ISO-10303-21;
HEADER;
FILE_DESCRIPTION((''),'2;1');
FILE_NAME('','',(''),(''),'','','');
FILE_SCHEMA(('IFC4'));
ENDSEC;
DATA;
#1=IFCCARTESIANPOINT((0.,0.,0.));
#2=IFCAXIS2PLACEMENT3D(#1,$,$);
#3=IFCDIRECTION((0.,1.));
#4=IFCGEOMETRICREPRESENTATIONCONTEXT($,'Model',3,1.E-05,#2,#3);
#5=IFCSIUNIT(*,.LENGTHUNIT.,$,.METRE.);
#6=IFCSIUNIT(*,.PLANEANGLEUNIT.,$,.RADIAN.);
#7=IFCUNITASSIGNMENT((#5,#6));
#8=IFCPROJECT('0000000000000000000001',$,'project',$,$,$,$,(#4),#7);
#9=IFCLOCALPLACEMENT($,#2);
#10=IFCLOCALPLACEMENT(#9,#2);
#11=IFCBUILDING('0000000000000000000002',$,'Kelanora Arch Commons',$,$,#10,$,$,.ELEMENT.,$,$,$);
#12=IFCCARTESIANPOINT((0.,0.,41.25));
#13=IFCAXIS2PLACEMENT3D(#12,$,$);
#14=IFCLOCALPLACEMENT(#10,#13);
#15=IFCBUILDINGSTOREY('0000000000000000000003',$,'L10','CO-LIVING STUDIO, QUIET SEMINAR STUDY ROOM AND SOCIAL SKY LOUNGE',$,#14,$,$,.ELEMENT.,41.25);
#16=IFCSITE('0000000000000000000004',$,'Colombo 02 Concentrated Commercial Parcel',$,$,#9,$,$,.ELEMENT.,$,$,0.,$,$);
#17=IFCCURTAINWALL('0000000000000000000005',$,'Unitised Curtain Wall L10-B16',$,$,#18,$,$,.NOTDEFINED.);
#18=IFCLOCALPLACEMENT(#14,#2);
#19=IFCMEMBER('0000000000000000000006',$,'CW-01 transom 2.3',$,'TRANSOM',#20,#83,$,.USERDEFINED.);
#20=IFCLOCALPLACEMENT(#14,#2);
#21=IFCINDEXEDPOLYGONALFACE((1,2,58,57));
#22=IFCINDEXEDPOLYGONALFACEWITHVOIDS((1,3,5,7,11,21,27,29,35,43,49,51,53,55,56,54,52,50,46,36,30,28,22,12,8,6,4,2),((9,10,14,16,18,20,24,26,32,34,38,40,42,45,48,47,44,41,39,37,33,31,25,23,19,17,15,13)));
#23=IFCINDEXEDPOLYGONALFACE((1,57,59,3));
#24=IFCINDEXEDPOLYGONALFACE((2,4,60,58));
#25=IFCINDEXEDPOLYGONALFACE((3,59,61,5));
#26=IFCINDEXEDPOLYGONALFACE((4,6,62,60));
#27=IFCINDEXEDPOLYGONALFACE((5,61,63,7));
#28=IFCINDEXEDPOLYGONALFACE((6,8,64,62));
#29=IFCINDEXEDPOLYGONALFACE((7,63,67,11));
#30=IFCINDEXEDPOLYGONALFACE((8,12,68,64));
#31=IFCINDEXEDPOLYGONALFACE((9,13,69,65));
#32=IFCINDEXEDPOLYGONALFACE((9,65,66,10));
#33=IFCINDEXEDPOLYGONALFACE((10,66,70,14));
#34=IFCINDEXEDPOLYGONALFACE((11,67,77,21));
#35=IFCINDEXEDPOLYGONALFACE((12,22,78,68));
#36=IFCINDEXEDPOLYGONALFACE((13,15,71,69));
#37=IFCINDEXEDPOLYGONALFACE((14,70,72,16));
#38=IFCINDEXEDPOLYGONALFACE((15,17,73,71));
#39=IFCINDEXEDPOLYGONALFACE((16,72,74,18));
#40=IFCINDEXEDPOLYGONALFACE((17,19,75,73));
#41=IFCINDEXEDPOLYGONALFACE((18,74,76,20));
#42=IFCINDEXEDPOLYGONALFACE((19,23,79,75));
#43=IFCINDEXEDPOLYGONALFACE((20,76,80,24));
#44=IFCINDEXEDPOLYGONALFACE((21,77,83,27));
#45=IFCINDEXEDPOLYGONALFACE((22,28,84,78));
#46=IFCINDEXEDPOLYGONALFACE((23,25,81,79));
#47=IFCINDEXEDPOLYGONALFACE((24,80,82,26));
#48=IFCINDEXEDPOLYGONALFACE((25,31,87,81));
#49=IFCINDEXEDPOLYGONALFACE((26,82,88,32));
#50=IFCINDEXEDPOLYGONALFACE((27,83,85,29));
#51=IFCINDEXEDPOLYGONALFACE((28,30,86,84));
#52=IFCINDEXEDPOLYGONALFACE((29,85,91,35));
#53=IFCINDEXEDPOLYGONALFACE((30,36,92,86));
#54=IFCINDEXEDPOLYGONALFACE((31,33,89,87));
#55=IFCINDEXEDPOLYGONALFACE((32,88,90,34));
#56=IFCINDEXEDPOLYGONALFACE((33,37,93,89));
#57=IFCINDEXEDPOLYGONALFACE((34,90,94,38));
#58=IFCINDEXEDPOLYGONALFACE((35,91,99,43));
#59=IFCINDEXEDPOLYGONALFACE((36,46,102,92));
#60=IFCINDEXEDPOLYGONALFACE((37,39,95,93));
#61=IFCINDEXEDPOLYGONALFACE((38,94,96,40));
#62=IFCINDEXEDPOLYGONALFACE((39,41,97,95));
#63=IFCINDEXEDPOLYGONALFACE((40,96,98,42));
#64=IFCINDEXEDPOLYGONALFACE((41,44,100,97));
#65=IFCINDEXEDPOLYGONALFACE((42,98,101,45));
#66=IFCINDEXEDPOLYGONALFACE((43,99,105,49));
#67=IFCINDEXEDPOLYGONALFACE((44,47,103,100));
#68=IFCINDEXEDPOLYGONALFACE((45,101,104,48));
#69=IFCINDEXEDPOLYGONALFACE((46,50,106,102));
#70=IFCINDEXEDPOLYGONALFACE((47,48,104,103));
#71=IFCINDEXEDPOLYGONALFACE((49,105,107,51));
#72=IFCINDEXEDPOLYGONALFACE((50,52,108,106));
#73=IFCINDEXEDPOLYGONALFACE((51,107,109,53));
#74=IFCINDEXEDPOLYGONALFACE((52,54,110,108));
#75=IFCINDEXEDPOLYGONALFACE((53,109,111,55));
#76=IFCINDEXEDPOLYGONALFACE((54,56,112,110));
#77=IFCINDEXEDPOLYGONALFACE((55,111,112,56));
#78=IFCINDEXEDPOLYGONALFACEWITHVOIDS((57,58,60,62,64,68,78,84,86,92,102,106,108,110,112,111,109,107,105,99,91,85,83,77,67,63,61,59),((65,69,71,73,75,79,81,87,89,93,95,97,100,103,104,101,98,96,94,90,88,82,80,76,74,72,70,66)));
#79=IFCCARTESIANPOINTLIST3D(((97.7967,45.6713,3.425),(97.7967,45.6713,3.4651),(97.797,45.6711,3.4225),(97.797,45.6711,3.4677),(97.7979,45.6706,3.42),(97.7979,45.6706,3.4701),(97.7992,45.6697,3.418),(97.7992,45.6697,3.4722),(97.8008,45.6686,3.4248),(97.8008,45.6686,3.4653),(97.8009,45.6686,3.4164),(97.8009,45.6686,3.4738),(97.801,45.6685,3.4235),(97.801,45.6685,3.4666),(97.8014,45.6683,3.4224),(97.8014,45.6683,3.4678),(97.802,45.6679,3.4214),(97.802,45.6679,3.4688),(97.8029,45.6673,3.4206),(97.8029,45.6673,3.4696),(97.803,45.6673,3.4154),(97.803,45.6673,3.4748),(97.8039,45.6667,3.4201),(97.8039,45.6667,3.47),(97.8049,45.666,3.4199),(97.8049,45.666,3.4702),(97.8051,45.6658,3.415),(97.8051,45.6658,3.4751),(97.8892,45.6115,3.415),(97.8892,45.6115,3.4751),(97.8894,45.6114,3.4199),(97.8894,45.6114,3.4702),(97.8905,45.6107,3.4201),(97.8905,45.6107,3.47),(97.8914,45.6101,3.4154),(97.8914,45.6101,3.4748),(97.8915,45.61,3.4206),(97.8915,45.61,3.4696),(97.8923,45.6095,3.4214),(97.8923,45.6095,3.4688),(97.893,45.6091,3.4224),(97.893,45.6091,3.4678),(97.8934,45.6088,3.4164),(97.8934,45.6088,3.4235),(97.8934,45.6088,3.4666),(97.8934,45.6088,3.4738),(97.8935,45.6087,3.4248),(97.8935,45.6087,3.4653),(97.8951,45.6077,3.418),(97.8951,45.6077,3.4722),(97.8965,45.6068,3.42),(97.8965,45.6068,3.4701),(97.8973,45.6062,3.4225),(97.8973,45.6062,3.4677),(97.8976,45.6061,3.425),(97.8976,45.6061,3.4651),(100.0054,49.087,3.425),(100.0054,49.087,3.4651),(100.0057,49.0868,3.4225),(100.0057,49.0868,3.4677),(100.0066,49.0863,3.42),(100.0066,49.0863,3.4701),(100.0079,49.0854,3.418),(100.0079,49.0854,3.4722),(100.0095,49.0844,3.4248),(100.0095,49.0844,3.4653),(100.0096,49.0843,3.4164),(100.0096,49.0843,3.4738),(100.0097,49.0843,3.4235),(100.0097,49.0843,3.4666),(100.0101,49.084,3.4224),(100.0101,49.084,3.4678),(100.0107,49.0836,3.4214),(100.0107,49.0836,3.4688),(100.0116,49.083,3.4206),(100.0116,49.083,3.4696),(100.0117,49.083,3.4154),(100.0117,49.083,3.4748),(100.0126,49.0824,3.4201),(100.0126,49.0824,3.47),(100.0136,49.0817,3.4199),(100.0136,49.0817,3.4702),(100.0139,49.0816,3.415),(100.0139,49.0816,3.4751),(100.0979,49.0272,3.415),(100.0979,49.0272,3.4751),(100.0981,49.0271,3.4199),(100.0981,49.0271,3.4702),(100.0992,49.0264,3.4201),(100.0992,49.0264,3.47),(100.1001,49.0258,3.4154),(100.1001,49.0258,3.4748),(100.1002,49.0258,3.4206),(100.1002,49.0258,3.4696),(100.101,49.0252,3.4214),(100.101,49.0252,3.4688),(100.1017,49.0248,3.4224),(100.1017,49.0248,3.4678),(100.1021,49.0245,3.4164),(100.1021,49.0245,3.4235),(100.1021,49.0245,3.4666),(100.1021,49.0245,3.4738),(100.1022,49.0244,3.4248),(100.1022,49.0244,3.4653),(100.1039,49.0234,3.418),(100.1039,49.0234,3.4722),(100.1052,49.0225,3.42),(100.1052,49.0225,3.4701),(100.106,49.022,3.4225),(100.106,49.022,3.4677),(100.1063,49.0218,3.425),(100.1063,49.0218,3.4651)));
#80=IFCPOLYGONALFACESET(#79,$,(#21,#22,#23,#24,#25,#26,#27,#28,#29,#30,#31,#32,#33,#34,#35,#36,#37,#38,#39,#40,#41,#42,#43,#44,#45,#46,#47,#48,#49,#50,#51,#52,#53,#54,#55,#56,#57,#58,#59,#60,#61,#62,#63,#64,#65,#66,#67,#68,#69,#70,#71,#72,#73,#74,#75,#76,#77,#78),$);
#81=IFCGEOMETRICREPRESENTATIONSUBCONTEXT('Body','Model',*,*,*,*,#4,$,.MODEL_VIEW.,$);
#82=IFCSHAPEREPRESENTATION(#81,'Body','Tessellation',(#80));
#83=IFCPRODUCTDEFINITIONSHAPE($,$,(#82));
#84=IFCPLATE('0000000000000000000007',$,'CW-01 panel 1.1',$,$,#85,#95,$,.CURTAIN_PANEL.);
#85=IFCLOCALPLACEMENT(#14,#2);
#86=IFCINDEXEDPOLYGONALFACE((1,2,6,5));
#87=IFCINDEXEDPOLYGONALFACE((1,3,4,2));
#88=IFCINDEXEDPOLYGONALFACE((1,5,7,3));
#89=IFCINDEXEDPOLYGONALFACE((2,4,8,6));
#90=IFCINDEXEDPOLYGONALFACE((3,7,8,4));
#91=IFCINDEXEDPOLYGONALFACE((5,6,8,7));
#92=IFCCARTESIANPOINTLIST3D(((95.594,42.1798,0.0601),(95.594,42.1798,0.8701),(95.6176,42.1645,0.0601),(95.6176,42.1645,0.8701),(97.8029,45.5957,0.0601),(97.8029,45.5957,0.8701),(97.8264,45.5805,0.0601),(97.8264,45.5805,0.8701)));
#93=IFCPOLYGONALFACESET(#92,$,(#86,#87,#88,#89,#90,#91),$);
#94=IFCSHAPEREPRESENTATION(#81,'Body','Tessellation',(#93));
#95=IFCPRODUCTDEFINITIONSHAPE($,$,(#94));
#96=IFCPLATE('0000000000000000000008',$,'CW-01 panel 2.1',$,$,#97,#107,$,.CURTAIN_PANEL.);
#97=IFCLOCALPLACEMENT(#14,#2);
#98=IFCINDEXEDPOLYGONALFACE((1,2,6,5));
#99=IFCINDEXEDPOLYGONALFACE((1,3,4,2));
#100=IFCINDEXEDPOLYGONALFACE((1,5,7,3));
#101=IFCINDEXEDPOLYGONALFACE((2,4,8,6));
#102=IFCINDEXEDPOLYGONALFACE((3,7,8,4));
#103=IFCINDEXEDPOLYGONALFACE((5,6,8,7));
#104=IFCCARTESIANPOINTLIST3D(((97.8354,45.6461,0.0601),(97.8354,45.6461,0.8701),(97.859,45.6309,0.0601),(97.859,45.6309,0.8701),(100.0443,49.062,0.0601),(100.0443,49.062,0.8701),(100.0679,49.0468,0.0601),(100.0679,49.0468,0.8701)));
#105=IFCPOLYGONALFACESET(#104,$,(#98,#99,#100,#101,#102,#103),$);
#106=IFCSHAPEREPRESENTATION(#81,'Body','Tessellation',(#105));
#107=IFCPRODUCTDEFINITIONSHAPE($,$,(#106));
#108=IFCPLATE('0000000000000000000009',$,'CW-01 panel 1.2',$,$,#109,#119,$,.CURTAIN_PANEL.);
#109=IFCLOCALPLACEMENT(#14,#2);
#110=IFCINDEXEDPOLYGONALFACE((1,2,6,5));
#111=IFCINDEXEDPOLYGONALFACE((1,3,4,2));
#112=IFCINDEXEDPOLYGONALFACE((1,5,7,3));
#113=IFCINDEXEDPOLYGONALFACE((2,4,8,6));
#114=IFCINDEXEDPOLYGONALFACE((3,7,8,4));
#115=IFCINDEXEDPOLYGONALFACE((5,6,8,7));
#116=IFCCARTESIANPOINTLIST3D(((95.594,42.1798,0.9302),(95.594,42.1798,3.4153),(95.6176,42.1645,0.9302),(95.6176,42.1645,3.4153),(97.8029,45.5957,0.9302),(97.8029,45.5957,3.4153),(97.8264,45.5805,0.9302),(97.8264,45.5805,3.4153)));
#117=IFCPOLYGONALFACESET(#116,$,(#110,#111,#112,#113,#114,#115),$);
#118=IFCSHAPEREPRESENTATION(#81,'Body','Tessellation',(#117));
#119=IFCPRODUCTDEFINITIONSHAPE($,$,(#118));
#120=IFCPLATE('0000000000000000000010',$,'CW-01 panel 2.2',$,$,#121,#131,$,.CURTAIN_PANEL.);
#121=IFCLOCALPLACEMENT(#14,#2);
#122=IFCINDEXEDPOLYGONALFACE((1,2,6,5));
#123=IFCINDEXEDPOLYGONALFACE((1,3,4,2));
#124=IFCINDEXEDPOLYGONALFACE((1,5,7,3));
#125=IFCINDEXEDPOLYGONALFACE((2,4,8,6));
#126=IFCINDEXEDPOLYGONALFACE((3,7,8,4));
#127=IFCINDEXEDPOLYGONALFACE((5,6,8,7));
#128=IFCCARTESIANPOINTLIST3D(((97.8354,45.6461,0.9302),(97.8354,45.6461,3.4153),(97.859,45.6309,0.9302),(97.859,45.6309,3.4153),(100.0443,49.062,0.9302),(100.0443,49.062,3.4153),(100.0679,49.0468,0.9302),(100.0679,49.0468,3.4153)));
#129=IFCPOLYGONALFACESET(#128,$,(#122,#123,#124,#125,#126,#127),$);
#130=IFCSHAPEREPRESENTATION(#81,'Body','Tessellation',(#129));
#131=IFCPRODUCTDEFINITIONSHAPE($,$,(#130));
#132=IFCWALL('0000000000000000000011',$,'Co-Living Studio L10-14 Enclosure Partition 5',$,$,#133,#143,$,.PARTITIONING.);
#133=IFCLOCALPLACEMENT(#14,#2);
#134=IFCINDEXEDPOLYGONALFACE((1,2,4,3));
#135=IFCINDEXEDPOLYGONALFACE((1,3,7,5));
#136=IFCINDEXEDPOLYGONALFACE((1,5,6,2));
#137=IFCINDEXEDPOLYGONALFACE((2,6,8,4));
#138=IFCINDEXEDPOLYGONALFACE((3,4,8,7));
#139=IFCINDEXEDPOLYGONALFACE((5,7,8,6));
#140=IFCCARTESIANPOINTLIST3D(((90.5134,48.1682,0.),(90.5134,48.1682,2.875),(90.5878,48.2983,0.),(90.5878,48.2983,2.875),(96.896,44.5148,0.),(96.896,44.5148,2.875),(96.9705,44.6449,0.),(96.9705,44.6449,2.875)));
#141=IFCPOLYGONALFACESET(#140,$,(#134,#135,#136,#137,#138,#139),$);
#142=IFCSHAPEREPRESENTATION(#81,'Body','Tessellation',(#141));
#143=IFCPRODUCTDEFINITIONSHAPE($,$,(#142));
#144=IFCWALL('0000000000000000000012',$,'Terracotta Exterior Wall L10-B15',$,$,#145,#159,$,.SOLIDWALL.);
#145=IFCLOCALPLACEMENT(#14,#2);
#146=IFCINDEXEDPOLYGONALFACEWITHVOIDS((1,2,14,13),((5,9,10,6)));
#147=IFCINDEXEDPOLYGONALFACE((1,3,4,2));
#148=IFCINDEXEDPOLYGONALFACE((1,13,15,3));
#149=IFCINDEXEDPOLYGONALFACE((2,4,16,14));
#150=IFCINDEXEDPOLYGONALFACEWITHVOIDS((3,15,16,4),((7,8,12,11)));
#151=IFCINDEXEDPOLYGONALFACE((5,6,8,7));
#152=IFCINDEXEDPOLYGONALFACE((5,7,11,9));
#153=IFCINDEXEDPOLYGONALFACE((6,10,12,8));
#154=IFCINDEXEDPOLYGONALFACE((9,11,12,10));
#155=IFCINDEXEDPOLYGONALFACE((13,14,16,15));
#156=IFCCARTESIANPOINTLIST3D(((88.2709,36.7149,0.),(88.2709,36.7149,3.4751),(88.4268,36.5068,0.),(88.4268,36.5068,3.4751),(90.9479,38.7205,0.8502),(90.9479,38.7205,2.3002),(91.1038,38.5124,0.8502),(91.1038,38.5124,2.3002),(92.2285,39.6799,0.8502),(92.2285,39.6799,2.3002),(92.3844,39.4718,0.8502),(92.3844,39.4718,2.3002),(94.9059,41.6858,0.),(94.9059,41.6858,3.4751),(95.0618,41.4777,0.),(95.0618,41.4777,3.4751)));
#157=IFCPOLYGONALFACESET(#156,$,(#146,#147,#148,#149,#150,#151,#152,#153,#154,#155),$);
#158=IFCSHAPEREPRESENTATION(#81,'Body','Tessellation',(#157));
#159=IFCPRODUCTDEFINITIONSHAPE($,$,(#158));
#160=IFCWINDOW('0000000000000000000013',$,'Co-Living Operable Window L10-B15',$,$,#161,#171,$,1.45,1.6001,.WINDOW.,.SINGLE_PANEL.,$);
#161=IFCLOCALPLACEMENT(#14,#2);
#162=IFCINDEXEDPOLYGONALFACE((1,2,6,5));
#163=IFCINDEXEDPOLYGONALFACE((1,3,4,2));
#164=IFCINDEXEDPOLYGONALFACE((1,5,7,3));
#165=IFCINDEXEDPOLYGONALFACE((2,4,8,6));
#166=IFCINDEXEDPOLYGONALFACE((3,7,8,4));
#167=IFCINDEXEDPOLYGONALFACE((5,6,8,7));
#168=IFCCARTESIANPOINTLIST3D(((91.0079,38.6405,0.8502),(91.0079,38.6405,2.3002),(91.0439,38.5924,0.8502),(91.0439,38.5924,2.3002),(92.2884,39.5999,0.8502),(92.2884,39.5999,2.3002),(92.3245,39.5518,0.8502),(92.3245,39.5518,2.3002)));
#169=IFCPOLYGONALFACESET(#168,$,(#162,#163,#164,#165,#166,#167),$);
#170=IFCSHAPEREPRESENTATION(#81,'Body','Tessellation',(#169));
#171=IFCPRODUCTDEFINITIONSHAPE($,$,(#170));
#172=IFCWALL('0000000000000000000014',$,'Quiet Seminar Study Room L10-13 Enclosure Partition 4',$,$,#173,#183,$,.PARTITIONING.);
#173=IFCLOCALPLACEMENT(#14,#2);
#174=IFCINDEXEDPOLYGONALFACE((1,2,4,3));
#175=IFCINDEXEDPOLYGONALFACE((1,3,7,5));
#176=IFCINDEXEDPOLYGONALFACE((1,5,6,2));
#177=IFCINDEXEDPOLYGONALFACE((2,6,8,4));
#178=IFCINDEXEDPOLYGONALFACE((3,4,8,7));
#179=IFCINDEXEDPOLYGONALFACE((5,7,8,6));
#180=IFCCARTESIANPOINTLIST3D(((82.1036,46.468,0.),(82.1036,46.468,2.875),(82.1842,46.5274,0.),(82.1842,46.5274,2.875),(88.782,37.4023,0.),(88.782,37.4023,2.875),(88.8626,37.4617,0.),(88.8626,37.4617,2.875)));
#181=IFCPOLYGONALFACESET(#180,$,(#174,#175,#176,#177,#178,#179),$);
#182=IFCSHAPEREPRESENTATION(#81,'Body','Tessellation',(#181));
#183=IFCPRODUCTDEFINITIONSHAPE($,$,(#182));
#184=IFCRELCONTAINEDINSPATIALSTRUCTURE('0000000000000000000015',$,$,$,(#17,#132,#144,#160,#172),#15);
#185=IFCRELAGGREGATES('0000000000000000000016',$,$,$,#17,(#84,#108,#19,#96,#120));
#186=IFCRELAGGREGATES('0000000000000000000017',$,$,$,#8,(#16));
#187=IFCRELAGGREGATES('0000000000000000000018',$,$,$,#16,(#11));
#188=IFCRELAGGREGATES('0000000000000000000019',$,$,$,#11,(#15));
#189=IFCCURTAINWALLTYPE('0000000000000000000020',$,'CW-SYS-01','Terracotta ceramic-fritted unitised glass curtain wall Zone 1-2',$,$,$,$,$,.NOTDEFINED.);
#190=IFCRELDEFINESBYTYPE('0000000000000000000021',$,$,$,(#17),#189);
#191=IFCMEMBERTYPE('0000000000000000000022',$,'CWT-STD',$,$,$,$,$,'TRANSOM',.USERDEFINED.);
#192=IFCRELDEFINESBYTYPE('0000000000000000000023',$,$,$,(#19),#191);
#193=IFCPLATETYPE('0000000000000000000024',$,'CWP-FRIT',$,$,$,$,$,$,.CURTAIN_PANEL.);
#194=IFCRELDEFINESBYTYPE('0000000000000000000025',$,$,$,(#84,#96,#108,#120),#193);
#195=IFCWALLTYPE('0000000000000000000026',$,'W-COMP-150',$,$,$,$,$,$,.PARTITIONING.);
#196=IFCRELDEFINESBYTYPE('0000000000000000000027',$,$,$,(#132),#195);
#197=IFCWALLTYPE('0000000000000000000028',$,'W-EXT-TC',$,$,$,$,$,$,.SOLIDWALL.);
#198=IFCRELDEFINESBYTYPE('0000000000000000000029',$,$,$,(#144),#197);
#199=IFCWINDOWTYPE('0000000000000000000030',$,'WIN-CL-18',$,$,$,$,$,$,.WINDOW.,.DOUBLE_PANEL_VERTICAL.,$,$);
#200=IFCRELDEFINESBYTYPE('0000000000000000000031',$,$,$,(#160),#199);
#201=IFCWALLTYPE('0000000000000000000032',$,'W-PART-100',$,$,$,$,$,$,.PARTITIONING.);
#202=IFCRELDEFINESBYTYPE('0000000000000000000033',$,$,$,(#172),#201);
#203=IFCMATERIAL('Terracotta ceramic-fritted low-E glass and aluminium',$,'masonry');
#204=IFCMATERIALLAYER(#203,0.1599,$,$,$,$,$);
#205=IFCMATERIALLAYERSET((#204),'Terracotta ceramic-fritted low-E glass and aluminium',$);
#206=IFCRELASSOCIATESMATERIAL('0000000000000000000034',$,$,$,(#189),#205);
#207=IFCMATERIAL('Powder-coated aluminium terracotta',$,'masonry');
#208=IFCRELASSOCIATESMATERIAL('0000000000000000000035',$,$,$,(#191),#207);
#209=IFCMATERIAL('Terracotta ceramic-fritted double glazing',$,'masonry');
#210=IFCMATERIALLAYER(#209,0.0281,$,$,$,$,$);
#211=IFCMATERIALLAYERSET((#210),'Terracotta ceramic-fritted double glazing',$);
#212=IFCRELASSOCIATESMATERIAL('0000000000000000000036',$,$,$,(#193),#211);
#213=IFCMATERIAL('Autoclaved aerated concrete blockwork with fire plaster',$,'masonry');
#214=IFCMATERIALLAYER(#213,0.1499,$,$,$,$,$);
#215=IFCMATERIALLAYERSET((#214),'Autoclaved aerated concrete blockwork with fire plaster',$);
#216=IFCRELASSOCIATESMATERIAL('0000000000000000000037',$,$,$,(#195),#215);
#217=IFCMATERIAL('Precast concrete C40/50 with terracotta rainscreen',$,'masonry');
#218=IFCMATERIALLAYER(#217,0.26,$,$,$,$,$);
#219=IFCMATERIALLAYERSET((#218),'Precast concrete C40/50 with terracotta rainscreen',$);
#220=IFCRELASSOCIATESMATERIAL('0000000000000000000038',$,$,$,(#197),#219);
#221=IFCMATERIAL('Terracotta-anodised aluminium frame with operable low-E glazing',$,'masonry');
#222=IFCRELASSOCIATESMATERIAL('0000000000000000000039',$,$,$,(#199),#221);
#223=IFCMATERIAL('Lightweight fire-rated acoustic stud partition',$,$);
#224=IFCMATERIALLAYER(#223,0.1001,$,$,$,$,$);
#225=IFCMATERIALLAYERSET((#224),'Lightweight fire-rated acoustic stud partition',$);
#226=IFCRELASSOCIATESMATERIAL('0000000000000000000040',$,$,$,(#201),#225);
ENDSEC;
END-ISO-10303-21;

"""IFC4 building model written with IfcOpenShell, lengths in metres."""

from ifc_helpers import new_model, si_unit, direction, frame, frame_2d, origin, origin_2d, place, context, subcontext, project, spatial, rectangle, hollow_rectangle, extrude, source, transform, mapped, material, layer, layer_set, material_profile, profile_set, type_object, element, fill, aggregate, save


model = new_model("IFC4")

# Units and contexts
model_context = context("Model", 3, precision=1e-05, world=origin(), true_north=direction((0.0, 1.0)))
body_context = subcontext(model_context, "Body", "Model", "MODEL_VIEW")
ifc_project = project(units=[si_unit("LENGTHUNIT", "METRE"), si_unit("PLANEANGLEUNIT", "RADIAN")], contexts=[model_context])

# Site, building, storey
site_placement = place(None, origin())
site = spatial("IfcSite", under=ifc_project, at=site_placement, Name="Colombo 02 Concentrated Commercial Parcel", CompositionType="ELEMENT", RefElevation=0.0)
building_placement = place(site_placement, origin())
building = spatial("IfcBuilding", under=site, at=building_placement, Name="Kelanora Arch Commons", CompositionType="ELEMENT")
storey_placement = place(building_placement, frame((0.0, 0.0, 41.25)))
storey = spatial("IfcBuildingStorey", under=building, at=storey_placement, Name="L10", Description="CO-LIVING STUDIO, QUIET SEMINAR STUDY ROOM AND SOCIAL SKY LOUNGE", CompositionType="ELEMENT", Elevation=41.25)

# Shared definitions
ifc_material_1 = material(Name="Terracotta ceramic-fritted low-E glass and aluminium", Category="masonry")
ifc_layer_1 = layer(ifc_material_1, 0.1599)
ifc_layer_set_1 = layer_set([ifc_layer_1], Name="Terracotta ceramic-fritted low-E glass and aluminium")
curtain_wall_type = type_object("IfcCurtainWallType", Name="CW-SYS-01", Description="Terracotta ceramic-fritted unitised glass curtain wall Zone 1-2", PredefinedType="NOTDEFINED", material=ifc_layer_set_1)
ifc_material_2 = material(Name="Powder-coated aluminium terracotta", Category="masonry")

# Curtain wall, member, plates
curtain_wall_1_placement = place(storey_placement, origin())
curtain_wall_1 = element("IfcCurtainWall", 1, at=curtain_wall_1_placement, inside=storey, type_object=curtain_wall_type, Name="Unitised Curtain Wall L10-B16", PredefinedType="NOTDEFINED")
ifc_material_profile_1 = material_profile(ifc_material_2, hollow_rectangle(XDim=0.1201, YDim=0.0601, WallThickness=0.0049, InnerFilletRadius=0.0049, OuterFilletRadius=0.01, at=origin_2d()), Name="CWT120x60")
ifc_profile_set_1 = profile_set([ifc_material_profile_1], Name="Powder-coated aluminium terracotta")
member_type_1 = type_object("IfcMemberType", Name="CWT-STD", ElementType="TRANSOM", PredefinedType="USERDEFINED", material=ifc_profile_set_1)
member_1_placement = place(storey_placement, frame((97.8472, 45.6387, 3.4451), z_axis=(0.542997, 0.839734, 0.0), x_axis=(-0.839734, 0.542997, 0.0)))
member_1 = element("IfcMember", 2, at=member_1_placement, type_object=member_type_1, Name="CW-01 transom 2.3", ObjectType="TRANSOM", PredefinedType="USERDEFINED", context=body_context, shape_type="SweptSolid", body=[
    extrude(hollow_rectangle(XDim=0.1201, YDim=0.0601, WallThickness=0.0049, InnerFilletRadius=0.0049, OuterFilletRadius=0.01, at=origin_2d()), origin(), (0.0, 0.0, 1.0), 4.0676),
])
ifc_material_3 = material(Name="Terracotta ceramic-fritted double glazing", Category="masonry")
ifc_layer_2 = layer(ifc_material_3, 0.0281)
ifc_layer_set_2 = layer_set([ifc_layer_2], Name="Terracotta ceramic-fritted double glazing")
plate_type = type_object("IfcPlateType", Name="CWP-FRIT", PredefinedType="CURTAIN_PANEL", material=ifc_layer_set_2)
shared_shape_1 = source(origin(), body_context, "Body", "SweptSolid", [
    extrude(rectangle(XDim=4.0679, YDim=0.0281, at=origin_2d()), origin(), (0.0, 0.0, 1.0), 0.8101),
])
plate_1_placement = place(storey_placement, frame((96.7102, 43.8801, 0.0601), z_axis=(0.0, 0.0, 1.0), x_axis=(0.543004, 0.83973, 0.0)))
plate_1 = element("IfcPlate", 3, at=plate_1_placement, type_object=plate_type, Name="CW-01 panel 1.1", PredefinedType="CURTAIN_PANEL", context=body_context, shape_type="MappedRepresentation", body=[
    mapped(shared_shape_1, transform((0.0, 0.0, 0.0), scale=1.0)),
])
plate_2_placement = place(storey_placement, frame((98.9517, 47.3464, 0.0601), z_axis=(0.0, 0.0, 1.0), x_axis=(0.543004, 0.83973, 0.0)))
plate_2 = element("IfcPlate", 4, at=plate_2_placement, type_object=plate_type, Name="CW-01 panel 2.1", PredefinedType="CURTAIN_PANEL", context=body_context, shape_type="MappedRepresentation", body=[
    mapped(shared_shape_1, transform((0.0, 0.0, 0.0), scale=1.0)),
])
shared_shape_2 = source(origin(), body_context, "Body", "SweptSolid", [
    extrude(rectangle(XDim=4.0679, YDim=0.0281, at=origin_2d()), origin(), (0.0, 0.0, 1.0), 2.4851),
])
plate_3_placement = place(storey_placement, frame((96.7102, 43.8801, 0.9302), z_axis=(0.0, 0.0, 1.0), x_axis=(0.543004, 0.83973, 0.0)))
plate_3 = element("IfcPlate", 5, at=plate_3_placement, type_object=plate_type, Name="CW-01 panel 1.2", PredefinedType="CURTAIN_PANEL", context=body_context, shape_type="MappedRepresentation", body=[
    mapped(shared_shape_2, transform((0.0, 0.0, 0.0), scale=1.0)),
])
plate_4_placement = place(storey_placement, frame((98.9517, 47.3464, 0.9302), z_axis=(0.0, 0.0, 1.0), x_axis=(0.543004, 0.83973, 0.0)))
plate_4 = element("IfcPlate", 6, at=plate_4_placement, type_object=plate_type, Name="CW-01 panel 2.2", PredefinedType="CURTAIN_PANEL", context=body_context, shape_type="MappedRepresentation", body=[
    mapped(shared_shape_2, transform((0.0, 0.0, 0.0), scale=1.0)),
])
aggregate(curtain_wall_1, [plate_1, plate_3, member_1, plate_2, plate_4])

# Wall
ifc_material_4 = material(Name="Autoclaved aerated concrete blockwork with fire plaster", Category="masonry")
ifc_layer_3 = layer(ifc_material_4, 0.1499)
ifc_layer_set_3 = layer_set([ifc_layer_3], Name="Autoclaved aerated concrete blockwork with fire plaster")
wall_type_1 = type_object("IfcWallType", Name="W-COMP-150", PredefinedType="PARTITIONING", material=ifc_layer_set_3)
wall_1_placement = place(storey_placement, frame((96.9333, 44.5798, 0.0), z_axis=(0.0, 0.0, 1.0), x_axis=(-0.867883, 0.496768, 0.0)))
element("IfcWall", 7, at=wall_1_placement, inside=storey, type_object=wall_type_1, Name="Co-Living Studio L10-14 Enclosure Partition 5", PredefinedType="PARTITIONING", context=body_context, shape_type="SweptSolid", body=[
    extrude(rectangle(XDim=7.3542, YDim=0.1499, at=frame_2d((3.6772, 0.0))), origin(), (0.0, 0.0, 1.0), 2.875),
])

# Wall, opening, window
ifc_material_5 = material(Name="Precast concrete C40/50 with terracotta rainscreen", Category="masonry")
ifc_layer_4 = layer(ifc_material_5, 0.26)
ifc_layer_set_4 = layer_set([ifc_layer_4], Name="Precast concrete C40/50 with terracotta rainscreen")
wall_type_2 = type_object("IfcWallType", Name="W-EXT-TC", PredefinedType="SOLIDWALL", material=ifc_layer_set_4)
wall_2_placement = place(storey_placement, frame((88.3489, 36.6108, 0.0), z_axis=(0.0, 0.0, 1.0), x_axis=(0.800307, 0.59959, 0.0)))
wall_2 = element("IfcWall", 8, at=wall_2_placement, inside=storey, type_object=wall_type_2, Name="Terracotta Exterior Wall L10-B15", PredefinedType="SOLIDWALL", context=body_context, shape_type="SweptSolid", body=[
    extrude(rectangle(XDim=8.2905, YDim=0.26, at=frame_2d((4.1453, 0.0))), origin(), (0.0, 0.0, 1.0), 3.4751),
])
opening_placement = place(wall_2_placement, frame((3.345, 0.0, 0.8501)))
opening = element("IfcOpeningElement", 9, at=opening_placement, cuts=wall_2, PredefinedType="OPENING", context=body_context, shape_type="SweptSolid", body=[
    extrude(rectangle(XDim=1.6001, YDim=1.45, at=frame_2d((0.8, 0.7251))), frame((0.0, 0.1401, 0.0), z_axis=(0.0, -1.0, 0.0), x_axis=(1.0, 0.0, 0.0)), (0.0, 0.0, 1.0), 0.28),
])
ifc_material_6 = material(Name="Terracotta-anodised aluminium frame with operable low-E glazing", Category="masonry")
window_type = type_object("IfcWindowType", Name="WIN-CL-18", PartitioningType="DOUBLE_PANEL_VERTICAL", PredefinedType="WINDOW", material=ifc_material_6)
window_placement = place(opening_placement, origin())
window = element("IfcWindow", 10, at=window_placement, inside=storey, type_object=window_type, Name="Co-Living Operable Window L10-B15", OverallHeight=1.45, OverallWidth=1.6001, PartitioningType="SINGLE_PANEL", PredefinedType="WINDOW", context=body_context, shape_type="SweptSolid", body=[
    extrude(rectangle(XDim=1.6001, YDim=1.45, at=frame_2d((0.8, 0.7251))), frame((0.0, 0.03, 0.0), z_axis=(0.0, -1.0, 0.0), x_axis=(1.0, 0.0, 0.0)), (0.0, 0.0, 1.0), 0.0601),
])
fill(opening, window)

# Wall
ifc_material_7 = material(Name="Lightweight fire-rated acoustic stud partition")
ifc_layer_5 = layer(ifc_material_7, 0.1001)
ifc_layer_set_5 = layer_set([ifc_layer_5], Name="Lightweight fire-rated acoustic stud partition")
wall_type_3 = type_object("IfcWallType", Name="W-PART-100", PredefinedType="PARTITIONING", material=ifc_layer_set_5)
wall_3_placement = place(storey_placement, frame((88.8223, 37.4321, 0.0), z_axis=(0.0, 0.0, 1.0), x_axis=(-0.593113, 0.80512, 0.0)))
element("IfcWall", 11, at=wall_3_placement, inside=storey, type_object=wall_type_3, Name="Quiet Seminar Study Room L10-13 Enclosure Partition 4", PredefinedType="PARTITIONING", context=body_context, shape_type="SweptSolid", body=[
    extrude(rectangle(XDim=11.26, YDim=0.1001, at=frame_2d((5.6299, 0.0))), origin(), (0.0, 0.0, 1.0), 2.875),
])

save(model, "model.ifc")
